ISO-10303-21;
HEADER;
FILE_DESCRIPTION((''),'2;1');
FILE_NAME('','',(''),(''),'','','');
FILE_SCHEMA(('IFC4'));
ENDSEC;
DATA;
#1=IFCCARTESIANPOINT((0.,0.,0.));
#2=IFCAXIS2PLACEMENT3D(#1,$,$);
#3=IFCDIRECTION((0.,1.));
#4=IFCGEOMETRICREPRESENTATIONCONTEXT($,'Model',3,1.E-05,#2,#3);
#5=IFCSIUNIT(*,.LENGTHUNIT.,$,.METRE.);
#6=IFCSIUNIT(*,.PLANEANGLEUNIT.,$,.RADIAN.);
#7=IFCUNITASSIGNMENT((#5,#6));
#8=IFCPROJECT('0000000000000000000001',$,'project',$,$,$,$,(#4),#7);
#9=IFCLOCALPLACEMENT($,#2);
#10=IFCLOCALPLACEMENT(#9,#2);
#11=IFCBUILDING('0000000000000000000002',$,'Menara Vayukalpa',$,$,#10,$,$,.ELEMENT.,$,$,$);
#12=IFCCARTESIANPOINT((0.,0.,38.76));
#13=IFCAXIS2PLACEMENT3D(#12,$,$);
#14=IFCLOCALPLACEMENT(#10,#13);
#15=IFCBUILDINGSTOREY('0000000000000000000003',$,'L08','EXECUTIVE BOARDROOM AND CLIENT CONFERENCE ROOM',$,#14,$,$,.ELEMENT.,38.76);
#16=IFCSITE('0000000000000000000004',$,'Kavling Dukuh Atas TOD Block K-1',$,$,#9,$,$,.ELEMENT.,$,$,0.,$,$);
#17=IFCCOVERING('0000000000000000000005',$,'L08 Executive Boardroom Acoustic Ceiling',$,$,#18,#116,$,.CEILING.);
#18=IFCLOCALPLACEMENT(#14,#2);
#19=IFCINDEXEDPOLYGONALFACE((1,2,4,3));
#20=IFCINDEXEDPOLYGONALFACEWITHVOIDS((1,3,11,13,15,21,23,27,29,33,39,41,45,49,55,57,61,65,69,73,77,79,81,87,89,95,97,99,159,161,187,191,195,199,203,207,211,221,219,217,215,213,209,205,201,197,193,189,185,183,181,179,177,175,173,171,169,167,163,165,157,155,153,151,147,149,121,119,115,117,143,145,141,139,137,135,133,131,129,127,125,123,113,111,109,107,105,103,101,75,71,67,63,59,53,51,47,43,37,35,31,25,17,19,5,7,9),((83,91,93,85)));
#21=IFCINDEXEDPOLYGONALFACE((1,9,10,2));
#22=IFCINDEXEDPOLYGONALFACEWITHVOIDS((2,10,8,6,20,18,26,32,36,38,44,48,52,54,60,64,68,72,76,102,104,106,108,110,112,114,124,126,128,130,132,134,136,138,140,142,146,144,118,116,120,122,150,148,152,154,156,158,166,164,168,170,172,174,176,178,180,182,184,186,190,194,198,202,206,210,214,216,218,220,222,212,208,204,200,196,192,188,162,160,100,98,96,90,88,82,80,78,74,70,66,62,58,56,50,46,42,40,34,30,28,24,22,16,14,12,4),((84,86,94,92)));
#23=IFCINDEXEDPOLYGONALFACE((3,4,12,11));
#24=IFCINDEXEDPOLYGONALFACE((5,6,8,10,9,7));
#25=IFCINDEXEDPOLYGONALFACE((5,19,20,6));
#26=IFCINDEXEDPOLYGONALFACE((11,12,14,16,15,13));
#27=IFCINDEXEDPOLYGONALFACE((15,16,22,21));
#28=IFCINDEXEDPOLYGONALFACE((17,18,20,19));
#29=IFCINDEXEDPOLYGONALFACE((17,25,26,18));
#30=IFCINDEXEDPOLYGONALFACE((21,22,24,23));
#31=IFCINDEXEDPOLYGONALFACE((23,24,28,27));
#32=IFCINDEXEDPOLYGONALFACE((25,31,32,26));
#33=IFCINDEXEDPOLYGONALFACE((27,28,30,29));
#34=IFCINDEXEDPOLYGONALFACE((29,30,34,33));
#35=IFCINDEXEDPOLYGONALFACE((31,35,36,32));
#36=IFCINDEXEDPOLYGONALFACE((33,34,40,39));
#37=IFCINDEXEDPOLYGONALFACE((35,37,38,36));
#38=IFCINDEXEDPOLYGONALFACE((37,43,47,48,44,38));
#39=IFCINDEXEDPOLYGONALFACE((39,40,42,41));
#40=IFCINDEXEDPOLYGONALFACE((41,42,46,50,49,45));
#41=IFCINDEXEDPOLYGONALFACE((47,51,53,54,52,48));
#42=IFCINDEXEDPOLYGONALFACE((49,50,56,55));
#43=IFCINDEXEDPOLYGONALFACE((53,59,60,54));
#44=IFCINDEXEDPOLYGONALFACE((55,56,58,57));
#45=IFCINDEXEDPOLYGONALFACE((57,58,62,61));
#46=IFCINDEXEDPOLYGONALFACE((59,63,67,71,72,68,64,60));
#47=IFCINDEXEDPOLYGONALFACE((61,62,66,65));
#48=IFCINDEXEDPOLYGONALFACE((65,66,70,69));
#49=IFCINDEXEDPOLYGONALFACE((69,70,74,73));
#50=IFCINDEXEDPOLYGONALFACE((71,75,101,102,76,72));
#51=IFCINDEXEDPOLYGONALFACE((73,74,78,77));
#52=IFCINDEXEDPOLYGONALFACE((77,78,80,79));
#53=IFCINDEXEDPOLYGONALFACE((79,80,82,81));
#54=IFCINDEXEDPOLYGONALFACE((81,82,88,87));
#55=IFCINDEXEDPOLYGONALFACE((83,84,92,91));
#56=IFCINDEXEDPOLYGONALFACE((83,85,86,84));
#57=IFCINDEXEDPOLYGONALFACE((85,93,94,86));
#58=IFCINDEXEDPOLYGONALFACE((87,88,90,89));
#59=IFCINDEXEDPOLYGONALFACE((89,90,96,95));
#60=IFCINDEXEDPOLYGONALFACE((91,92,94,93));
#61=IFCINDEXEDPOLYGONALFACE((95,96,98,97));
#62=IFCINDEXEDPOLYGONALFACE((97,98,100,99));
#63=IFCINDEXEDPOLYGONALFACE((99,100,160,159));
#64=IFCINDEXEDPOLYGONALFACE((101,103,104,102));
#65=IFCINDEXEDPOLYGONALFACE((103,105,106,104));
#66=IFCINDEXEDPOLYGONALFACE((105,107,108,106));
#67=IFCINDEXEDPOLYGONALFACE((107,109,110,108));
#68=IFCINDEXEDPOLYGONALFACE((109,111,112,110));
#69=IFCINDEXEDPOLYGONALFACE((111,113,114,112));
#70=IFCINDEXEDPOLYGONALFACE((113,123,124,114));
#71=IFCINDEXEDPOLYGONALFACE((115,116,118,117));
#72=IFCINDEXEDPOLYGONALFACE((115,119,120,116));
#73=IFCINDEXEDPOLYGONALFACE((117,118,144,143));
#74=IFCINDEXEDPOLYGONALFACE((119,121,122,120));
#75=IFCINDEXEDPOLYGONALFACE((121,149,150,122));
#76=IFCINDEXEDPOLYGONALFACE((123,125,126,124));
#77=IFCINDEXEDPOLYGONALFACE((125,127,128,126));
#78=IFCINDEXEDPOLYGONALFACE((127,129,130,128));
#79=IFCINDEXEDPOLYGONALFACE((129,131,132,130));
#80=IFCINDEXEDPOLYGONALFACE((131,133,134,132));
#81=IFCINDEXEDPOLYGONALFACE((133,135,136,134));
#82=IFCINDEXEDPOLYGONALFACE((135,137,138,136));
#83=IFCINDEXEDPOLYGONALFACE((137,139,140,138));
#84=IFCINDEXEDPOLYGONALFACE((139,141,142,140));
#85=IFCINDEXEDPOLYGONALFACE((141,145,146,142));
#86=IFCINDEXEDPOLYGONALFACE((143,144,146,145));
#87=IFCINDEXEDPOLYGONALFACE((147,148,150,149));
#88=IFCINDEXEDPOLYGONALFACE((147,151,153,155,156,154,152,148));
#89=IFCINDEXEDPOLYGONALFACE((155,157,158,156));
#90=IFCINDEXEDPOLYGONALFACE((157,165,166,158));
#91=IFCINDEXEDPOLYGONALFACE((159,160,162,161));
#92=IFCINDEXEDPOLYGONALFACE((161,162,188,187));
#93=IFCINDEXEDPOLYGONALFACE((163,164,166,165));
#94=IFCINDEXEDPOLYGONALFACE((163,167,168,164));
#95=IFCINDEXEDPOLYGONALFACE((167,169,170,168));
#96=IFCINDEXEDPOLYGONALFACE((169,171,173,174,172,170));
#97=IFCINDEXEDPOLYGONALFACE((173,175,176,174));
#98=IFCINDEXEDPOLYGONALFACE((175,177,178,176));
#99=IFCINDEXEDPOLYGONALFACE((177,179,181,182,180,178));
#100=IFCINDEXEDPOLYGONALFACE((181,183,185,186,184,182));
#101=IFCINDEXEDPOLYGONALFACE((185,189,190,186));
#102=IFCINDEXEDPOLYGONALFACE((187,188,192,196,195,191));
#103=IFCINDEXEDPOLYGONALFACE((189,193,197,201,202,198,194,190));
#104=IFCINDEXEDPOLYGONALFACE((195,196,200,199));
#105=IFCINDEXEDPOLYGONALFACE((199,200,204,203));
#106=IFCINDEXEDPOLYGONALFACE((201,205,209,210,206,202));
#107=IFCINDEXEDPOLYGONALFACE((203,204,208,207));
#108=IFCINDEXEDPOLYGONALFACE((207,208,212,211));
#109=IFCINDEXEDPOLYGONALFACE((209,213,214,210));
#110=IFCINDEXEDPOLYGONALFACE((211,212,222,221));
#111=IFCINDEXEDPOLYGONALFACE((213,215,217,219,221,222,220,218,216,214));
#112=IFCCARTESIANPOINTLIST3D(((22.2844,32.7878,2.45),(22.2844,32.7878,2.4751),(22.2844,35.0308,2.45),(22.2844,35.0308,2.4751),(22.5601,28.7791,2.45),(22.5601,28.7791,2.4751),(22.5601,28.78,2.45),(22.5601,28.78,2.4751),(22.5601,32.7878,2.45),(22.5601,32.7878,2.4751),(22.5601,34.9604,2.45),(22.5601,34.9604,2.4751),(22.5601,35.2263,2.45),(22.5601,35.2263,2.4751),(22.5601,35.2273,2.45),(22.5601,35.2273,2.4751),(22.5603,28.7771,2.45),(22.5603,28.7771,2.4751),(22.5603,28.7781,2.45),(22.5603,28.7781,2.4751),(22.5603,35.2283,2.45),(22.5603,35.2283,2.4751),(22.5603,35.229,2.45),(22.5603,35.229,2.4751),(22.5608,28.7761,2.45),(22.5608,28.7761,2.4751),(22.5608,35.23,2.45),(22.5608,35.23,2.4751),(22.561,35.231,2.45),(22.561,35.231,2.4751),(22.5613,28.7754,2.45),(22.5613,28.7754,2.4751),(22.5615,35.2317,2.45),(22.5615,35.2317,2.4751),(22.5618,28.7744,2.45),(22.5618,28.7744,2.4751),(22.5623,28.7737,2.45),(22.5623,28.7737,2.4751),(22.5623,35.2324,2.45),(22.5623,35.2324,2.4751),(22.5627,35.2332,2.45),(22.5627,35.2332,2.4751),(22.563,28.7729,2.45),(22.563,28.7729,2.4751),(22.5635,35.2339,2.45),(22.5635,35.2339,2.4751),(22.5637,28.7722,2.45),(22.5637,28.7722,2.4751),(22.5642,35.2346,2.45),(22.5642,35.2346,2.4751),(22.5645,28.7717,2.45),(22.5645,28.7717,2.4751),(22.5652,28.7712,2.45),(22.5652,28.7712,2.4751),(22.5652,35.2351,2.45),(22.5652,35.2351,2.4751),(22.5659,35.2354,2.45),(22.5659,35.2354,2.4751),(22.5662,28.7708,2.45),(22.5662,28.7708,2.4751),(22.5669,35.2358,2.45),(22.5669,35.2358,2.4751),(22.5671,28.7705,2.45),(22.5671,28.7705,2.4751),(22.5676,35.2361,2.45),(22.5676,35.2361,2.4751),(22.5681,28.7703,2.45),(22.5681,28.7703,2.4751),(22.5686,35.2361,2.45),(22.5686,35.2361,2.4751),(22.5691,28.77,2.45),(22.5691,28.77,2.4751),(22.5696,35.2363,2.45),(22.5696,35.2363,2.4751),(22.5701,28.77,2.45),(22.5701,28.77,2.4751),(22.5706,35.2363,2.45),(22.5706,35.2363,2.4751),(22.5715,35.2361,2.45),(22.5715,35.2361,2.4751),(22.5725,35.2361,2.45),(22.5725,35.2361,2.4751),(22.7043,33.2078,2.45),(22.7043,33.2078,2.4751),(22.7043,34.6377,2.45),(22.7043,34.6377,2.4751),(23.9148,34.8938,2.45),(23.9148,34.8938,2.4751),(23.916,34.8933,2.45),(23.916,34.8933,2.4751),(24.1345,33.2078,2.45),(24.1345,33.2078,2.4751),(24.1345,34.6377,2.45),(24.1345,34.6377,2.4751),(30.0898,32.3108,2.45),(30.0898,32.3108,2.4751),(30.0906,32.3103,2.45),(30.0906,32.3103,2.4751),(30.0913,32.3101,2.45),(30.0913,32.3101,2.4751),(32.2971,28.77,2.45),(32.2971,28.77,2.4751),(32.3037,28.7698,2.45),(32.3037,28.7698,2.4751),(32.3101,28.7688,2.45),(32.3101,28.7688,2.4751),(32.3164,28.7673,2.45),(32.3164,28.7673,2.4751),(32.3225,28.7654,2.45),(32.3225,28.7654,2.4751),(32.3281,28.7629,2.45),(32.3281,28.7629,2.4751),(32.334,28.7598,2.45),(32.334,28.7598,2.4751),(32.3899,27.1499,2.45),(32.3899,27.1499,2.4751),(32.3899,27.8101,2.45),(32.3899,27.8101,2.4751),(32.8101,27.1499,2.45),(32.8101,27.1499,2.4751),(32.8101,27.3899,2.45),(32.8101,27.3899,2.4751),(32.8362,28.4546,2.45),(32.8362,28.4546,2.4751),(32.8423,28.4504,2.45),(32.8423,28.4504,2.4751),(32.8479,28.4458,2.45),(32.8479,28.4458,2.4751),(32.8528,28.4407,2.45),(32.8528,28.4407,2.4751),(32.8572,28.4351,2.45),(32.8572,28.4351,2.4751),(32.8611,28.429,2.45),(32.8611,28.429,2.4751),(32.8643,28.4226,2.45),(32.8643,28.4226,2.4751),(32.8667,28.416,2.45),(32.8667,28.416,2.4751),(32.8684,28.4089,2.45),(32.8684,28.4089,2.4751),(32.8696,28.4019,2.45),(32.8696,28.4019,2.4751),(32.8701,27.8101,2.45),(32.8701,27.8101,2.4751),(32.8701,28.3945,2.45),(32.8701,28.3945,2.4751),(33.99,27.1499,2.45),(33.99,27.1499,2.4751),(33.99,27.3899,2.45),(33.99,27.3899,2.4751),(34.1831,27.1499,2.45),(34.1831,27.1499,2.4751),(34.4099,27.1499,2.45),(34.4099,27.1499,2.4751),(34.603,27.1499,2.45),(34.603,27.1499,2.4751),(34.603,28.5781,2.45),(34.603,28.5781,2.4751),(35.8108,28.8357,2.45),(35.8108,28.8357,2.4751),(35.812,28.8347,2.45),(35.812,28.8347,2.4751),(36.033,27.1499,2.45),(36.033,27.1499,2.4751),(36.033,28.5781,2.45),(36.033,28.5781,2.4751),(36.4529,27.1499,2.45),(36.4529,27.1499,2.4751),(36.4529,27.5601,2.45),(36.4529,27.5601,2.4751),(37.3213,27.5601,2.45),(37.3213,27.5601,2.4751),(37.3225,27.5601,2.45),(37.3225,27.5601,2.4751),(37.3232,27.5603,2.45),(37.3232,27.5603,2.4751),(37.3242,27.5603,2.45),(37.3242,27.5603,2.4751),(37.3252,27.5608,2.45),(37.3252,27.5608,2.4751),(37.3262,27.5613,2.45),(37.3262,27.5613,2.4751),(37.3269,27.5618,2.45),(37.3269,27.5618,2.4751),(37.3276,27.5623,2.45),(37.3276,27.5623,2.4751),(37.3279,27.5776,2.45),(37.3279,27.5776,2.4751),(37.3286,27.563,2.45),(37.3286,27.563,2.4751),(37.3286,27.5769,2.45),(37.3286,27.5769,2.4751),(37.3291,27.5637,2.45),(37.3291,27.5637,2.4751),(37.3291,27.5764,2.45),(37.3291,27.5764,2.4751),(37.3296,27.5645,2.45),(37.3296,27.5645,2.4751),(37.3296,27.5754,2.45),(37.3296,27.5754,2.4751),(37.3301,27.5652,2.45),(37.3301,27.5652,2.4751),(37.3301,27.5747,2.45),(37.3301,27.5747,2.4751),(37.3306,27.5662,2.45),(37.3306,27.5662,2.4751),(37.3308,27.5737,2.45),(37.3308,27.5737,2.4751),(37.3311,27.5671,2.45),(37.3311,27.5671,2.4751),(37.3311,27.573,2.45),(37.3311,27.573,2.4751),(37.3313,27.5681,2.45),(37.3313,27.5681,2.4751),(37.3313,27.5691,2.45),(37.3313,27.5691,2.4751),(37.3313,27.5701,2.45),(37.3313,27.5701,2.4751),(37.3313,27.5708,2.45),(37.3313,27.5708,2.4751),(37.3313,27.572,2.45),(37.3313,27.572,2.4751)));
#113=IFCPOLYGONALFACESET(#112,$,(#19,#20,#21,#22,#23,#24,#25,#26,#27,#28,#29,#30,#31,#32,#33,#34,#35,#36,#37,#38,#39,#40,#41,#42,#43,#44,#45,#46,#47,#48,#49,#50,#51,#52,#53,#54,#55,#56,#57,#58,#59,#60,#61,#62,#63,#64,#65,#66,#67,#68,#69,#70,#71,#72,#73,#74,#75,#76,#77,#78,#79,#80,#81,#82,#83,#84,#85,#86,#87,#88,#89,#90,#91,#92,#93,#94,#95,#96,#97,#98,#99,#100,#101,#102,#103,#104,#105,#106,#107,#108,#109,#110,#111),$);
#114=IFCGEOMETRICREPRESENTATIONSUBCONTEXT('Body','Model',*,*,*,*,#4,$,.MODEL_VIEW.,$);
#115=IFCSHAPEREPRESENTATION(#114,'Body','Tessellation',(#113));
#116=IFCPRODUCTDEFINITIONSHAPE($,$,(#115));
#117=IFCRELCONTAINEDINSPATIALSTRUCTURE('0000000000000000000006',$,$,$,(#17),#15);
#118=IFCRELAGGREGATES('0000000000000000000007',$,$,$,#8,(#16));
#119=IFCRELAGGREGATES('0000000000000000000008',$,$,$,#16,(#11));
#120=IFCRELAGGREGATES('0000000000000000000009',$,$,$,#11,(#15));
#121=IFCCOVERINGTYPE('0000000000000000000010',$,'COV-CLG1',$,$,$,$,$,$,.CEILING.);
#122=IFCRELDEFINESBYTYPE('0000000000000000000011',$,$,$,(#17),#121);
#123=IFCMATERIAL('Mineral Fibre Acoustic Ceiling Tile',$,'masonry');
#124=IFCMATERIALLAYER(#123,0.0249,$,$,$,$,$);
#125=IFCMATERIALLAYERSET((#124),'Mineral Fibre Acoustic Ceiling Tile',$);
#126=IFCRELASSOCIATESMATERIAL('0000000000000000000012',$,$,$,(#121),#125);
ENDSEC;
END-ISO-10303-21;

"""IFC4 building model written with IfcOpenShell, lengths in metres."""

from ifc_helpers import new_model, si_unit, direction, frame, origin, place, context, subcontext, project, spatial, polyline, outline, extrude, material, layer, layer_set, type_object, element, save


model = new_model("IFC4")

# Units and contexts
model_context = context("Model", 3, precision=1e-05, world=origin(), true_north=direction((0.0, 1.0)))
body_context = subcontext(model_context, "Body", "Model", "MODEL_VIEW")
ifc_project = project(units=[si_unit("LENGTHUNIT", "METRE"), si_unit("PLANEANGLEUNIT", "RADIAN")], contexts=[model_context])

# Site, building, storey
site_placement = place(None, origin())
site = spatial("IfcSite", under=ifc_project, at=site_placement, Name="Kavling Dukuh Atas TOD Block K-1", CompositionType="ELEMENT", RefElevation=0.0)
building_placement = place(site_placement, origin())
building = spatial("IfcBuilding", under=site, at=building_placement, Name="Menara Vayukalpa", CompositionType="ELEMENT")
storey_placement = place(building_placement, frame((0.0, 0.0, 38.76)))
storey = spatial("IfcBuildingStorey", under=building, at=storey_placement, Name="L08", Description="EXECUTIVE BOARDROOM AND CLIENT CONFERENCE ROOM", CompositionType="ELEMENT", Elevation=38.76)

# Covering
ifc_material_1 = material(Name="Mineral Fibre Acoustic Ceiling Tile", Category="masonry")
ifc_layer_1 = layer(ifc_material_1, 0.0249)
ifc_layer_set_1 = layer_set([ifc_layer_1], Name="Mineral Fibre Acoustic Ceiling Tile")
covering_type_1 = type_object("IfcCoveringType", Name="COV-CLG1", PredefinedType="CEILING", material=ifc_layer_set_1)
covering_1_placement = place(storey_placement, frame((0.0, 0.0, 2.45)))
element("IfcCovering", 1, at=covering_1_placement, inside=storey, type_object=covering_type_1, Name="L08 Executive Boardroom Acoustic Ceiling", PredefinedType="CEILING", context=body_context, shape_type="SweptSolid", body=[
    extrude(outline(polyline([(36.033, 27.1499), (36.033, 28.5781), (34.603, 28.5781), (34.603, 27.1499), (34.4099, 27.1499), (34.1831, 27.1499), (33.99, 27.1499), (33.99, 27.3899), (32.8101, 27.3899), (32.8101, 27.1499), (32.3899, 27.1499), (32.3899, 27.8101), (32.8701, 27.8101), (32.8701, 28.3945), (32.8696, 28.4019), (32.8684, 28.4089), (32.8667, 28.416), (32.8643, 28.4226), (32.8611, 28.429), (32.8572, 28.4351), (32.8528, 28.4407), (32.8479, 28.4458), (32.8423, 28.4504), (32.8362, 28.4546), (32.334, 28.7598), (32.3281, 28.7629), (32.3225, 28.7654), (32.3164, 28.7673), (32.3101, 28.7688), (32.3037, 28.7698), (32.2971, 28.77), (22.5701, 28.77), (22.5691, 28.77), (22.5681, 28.7703), (22.5671, 28.7705), (22.5662, 28.7708), (22.5652, 28.7712), (22.5645, 28.7717), (22.5637, 28.7722), (22.563, 28.7729), (22.5623, 28.7737), (22.5618, 28.7744), (22.5613, 28.7754), (22.5608, 28.7761), (22.5603, 28.7771), (22.5603, 28.7781), (22.5601, 28.7791), (22.5601, 28.78), (22.5601, 32.7878), (22.2844, 32.7878), (22.2844, 35.0308), (22.5601, 34.9604), (22.5601, 35.2263), (22.5601, 35.2273), (22.5603, 35.2283), (22.5603, 35.229), (22.5608, 35.23), (22.561, 35.231), (22.5615, 35.2317), (22.5623, 35.2324), (22.5627, 35.2332), (22.5635, 35.2339), (22.5642, 35.2346), (22.5652, 35.2351), (22.5659, 35.2354), (22.5669, 35.2358), (22.5676, 35.2361), (22.5686, 35.2361), (22.5696, 35.2363), (22.5706, 35.2363), (22.5715, 35.2361), (22.5725, 35.2361), (23.9148, 34.8938), (23.916, 34.8933), (30.0898, 32.3108), (30.0906, 32.3103), (30.0913, 32.3101), (35.8108, 28.8357), (35.812, 28.8347), (37.3279, 27.5776), (37.3286, 27.5769), (37.3291, 27.5764), (37.3296, 27.5754), (37.3301, 27.5747), (37.3308, 27.5737), (37.3311, 27.573), (37.3313, 27.572), (37.3313, 27.5708), (37.3313, 27.5701), (37.3313, 27.5691), (37.3313, 27.5681), (37.3311, 27.5671), (37.3306, 27.5662), (37.3301, 27.5652), (37.3296, 27.5645), (37.3291, 27.5637), (37.3286, 27.563), (37.3276, 27.5623), (37.3269, 27.5618), (37.3262, 27.5613), (37.3252, 27.5608), (37.3242, 27.5603), (37.3232, 27.5603), (37.3225, 27.5601), (37.3213, 27.5601), (36.4529, 27.5601), (36.4529, 27.1499), (36.033, 27.1499)]), holes=[polyline([(24.1345, 33.2078), (24.1345, 34.6377), (22.7043, 34.6377), (22.7043, 33.2078), (24.1345, 33.2078)])]), origin(), (0.0, 0.0, 1.0), 0.0251),
])

save(model, "model.ifc")
